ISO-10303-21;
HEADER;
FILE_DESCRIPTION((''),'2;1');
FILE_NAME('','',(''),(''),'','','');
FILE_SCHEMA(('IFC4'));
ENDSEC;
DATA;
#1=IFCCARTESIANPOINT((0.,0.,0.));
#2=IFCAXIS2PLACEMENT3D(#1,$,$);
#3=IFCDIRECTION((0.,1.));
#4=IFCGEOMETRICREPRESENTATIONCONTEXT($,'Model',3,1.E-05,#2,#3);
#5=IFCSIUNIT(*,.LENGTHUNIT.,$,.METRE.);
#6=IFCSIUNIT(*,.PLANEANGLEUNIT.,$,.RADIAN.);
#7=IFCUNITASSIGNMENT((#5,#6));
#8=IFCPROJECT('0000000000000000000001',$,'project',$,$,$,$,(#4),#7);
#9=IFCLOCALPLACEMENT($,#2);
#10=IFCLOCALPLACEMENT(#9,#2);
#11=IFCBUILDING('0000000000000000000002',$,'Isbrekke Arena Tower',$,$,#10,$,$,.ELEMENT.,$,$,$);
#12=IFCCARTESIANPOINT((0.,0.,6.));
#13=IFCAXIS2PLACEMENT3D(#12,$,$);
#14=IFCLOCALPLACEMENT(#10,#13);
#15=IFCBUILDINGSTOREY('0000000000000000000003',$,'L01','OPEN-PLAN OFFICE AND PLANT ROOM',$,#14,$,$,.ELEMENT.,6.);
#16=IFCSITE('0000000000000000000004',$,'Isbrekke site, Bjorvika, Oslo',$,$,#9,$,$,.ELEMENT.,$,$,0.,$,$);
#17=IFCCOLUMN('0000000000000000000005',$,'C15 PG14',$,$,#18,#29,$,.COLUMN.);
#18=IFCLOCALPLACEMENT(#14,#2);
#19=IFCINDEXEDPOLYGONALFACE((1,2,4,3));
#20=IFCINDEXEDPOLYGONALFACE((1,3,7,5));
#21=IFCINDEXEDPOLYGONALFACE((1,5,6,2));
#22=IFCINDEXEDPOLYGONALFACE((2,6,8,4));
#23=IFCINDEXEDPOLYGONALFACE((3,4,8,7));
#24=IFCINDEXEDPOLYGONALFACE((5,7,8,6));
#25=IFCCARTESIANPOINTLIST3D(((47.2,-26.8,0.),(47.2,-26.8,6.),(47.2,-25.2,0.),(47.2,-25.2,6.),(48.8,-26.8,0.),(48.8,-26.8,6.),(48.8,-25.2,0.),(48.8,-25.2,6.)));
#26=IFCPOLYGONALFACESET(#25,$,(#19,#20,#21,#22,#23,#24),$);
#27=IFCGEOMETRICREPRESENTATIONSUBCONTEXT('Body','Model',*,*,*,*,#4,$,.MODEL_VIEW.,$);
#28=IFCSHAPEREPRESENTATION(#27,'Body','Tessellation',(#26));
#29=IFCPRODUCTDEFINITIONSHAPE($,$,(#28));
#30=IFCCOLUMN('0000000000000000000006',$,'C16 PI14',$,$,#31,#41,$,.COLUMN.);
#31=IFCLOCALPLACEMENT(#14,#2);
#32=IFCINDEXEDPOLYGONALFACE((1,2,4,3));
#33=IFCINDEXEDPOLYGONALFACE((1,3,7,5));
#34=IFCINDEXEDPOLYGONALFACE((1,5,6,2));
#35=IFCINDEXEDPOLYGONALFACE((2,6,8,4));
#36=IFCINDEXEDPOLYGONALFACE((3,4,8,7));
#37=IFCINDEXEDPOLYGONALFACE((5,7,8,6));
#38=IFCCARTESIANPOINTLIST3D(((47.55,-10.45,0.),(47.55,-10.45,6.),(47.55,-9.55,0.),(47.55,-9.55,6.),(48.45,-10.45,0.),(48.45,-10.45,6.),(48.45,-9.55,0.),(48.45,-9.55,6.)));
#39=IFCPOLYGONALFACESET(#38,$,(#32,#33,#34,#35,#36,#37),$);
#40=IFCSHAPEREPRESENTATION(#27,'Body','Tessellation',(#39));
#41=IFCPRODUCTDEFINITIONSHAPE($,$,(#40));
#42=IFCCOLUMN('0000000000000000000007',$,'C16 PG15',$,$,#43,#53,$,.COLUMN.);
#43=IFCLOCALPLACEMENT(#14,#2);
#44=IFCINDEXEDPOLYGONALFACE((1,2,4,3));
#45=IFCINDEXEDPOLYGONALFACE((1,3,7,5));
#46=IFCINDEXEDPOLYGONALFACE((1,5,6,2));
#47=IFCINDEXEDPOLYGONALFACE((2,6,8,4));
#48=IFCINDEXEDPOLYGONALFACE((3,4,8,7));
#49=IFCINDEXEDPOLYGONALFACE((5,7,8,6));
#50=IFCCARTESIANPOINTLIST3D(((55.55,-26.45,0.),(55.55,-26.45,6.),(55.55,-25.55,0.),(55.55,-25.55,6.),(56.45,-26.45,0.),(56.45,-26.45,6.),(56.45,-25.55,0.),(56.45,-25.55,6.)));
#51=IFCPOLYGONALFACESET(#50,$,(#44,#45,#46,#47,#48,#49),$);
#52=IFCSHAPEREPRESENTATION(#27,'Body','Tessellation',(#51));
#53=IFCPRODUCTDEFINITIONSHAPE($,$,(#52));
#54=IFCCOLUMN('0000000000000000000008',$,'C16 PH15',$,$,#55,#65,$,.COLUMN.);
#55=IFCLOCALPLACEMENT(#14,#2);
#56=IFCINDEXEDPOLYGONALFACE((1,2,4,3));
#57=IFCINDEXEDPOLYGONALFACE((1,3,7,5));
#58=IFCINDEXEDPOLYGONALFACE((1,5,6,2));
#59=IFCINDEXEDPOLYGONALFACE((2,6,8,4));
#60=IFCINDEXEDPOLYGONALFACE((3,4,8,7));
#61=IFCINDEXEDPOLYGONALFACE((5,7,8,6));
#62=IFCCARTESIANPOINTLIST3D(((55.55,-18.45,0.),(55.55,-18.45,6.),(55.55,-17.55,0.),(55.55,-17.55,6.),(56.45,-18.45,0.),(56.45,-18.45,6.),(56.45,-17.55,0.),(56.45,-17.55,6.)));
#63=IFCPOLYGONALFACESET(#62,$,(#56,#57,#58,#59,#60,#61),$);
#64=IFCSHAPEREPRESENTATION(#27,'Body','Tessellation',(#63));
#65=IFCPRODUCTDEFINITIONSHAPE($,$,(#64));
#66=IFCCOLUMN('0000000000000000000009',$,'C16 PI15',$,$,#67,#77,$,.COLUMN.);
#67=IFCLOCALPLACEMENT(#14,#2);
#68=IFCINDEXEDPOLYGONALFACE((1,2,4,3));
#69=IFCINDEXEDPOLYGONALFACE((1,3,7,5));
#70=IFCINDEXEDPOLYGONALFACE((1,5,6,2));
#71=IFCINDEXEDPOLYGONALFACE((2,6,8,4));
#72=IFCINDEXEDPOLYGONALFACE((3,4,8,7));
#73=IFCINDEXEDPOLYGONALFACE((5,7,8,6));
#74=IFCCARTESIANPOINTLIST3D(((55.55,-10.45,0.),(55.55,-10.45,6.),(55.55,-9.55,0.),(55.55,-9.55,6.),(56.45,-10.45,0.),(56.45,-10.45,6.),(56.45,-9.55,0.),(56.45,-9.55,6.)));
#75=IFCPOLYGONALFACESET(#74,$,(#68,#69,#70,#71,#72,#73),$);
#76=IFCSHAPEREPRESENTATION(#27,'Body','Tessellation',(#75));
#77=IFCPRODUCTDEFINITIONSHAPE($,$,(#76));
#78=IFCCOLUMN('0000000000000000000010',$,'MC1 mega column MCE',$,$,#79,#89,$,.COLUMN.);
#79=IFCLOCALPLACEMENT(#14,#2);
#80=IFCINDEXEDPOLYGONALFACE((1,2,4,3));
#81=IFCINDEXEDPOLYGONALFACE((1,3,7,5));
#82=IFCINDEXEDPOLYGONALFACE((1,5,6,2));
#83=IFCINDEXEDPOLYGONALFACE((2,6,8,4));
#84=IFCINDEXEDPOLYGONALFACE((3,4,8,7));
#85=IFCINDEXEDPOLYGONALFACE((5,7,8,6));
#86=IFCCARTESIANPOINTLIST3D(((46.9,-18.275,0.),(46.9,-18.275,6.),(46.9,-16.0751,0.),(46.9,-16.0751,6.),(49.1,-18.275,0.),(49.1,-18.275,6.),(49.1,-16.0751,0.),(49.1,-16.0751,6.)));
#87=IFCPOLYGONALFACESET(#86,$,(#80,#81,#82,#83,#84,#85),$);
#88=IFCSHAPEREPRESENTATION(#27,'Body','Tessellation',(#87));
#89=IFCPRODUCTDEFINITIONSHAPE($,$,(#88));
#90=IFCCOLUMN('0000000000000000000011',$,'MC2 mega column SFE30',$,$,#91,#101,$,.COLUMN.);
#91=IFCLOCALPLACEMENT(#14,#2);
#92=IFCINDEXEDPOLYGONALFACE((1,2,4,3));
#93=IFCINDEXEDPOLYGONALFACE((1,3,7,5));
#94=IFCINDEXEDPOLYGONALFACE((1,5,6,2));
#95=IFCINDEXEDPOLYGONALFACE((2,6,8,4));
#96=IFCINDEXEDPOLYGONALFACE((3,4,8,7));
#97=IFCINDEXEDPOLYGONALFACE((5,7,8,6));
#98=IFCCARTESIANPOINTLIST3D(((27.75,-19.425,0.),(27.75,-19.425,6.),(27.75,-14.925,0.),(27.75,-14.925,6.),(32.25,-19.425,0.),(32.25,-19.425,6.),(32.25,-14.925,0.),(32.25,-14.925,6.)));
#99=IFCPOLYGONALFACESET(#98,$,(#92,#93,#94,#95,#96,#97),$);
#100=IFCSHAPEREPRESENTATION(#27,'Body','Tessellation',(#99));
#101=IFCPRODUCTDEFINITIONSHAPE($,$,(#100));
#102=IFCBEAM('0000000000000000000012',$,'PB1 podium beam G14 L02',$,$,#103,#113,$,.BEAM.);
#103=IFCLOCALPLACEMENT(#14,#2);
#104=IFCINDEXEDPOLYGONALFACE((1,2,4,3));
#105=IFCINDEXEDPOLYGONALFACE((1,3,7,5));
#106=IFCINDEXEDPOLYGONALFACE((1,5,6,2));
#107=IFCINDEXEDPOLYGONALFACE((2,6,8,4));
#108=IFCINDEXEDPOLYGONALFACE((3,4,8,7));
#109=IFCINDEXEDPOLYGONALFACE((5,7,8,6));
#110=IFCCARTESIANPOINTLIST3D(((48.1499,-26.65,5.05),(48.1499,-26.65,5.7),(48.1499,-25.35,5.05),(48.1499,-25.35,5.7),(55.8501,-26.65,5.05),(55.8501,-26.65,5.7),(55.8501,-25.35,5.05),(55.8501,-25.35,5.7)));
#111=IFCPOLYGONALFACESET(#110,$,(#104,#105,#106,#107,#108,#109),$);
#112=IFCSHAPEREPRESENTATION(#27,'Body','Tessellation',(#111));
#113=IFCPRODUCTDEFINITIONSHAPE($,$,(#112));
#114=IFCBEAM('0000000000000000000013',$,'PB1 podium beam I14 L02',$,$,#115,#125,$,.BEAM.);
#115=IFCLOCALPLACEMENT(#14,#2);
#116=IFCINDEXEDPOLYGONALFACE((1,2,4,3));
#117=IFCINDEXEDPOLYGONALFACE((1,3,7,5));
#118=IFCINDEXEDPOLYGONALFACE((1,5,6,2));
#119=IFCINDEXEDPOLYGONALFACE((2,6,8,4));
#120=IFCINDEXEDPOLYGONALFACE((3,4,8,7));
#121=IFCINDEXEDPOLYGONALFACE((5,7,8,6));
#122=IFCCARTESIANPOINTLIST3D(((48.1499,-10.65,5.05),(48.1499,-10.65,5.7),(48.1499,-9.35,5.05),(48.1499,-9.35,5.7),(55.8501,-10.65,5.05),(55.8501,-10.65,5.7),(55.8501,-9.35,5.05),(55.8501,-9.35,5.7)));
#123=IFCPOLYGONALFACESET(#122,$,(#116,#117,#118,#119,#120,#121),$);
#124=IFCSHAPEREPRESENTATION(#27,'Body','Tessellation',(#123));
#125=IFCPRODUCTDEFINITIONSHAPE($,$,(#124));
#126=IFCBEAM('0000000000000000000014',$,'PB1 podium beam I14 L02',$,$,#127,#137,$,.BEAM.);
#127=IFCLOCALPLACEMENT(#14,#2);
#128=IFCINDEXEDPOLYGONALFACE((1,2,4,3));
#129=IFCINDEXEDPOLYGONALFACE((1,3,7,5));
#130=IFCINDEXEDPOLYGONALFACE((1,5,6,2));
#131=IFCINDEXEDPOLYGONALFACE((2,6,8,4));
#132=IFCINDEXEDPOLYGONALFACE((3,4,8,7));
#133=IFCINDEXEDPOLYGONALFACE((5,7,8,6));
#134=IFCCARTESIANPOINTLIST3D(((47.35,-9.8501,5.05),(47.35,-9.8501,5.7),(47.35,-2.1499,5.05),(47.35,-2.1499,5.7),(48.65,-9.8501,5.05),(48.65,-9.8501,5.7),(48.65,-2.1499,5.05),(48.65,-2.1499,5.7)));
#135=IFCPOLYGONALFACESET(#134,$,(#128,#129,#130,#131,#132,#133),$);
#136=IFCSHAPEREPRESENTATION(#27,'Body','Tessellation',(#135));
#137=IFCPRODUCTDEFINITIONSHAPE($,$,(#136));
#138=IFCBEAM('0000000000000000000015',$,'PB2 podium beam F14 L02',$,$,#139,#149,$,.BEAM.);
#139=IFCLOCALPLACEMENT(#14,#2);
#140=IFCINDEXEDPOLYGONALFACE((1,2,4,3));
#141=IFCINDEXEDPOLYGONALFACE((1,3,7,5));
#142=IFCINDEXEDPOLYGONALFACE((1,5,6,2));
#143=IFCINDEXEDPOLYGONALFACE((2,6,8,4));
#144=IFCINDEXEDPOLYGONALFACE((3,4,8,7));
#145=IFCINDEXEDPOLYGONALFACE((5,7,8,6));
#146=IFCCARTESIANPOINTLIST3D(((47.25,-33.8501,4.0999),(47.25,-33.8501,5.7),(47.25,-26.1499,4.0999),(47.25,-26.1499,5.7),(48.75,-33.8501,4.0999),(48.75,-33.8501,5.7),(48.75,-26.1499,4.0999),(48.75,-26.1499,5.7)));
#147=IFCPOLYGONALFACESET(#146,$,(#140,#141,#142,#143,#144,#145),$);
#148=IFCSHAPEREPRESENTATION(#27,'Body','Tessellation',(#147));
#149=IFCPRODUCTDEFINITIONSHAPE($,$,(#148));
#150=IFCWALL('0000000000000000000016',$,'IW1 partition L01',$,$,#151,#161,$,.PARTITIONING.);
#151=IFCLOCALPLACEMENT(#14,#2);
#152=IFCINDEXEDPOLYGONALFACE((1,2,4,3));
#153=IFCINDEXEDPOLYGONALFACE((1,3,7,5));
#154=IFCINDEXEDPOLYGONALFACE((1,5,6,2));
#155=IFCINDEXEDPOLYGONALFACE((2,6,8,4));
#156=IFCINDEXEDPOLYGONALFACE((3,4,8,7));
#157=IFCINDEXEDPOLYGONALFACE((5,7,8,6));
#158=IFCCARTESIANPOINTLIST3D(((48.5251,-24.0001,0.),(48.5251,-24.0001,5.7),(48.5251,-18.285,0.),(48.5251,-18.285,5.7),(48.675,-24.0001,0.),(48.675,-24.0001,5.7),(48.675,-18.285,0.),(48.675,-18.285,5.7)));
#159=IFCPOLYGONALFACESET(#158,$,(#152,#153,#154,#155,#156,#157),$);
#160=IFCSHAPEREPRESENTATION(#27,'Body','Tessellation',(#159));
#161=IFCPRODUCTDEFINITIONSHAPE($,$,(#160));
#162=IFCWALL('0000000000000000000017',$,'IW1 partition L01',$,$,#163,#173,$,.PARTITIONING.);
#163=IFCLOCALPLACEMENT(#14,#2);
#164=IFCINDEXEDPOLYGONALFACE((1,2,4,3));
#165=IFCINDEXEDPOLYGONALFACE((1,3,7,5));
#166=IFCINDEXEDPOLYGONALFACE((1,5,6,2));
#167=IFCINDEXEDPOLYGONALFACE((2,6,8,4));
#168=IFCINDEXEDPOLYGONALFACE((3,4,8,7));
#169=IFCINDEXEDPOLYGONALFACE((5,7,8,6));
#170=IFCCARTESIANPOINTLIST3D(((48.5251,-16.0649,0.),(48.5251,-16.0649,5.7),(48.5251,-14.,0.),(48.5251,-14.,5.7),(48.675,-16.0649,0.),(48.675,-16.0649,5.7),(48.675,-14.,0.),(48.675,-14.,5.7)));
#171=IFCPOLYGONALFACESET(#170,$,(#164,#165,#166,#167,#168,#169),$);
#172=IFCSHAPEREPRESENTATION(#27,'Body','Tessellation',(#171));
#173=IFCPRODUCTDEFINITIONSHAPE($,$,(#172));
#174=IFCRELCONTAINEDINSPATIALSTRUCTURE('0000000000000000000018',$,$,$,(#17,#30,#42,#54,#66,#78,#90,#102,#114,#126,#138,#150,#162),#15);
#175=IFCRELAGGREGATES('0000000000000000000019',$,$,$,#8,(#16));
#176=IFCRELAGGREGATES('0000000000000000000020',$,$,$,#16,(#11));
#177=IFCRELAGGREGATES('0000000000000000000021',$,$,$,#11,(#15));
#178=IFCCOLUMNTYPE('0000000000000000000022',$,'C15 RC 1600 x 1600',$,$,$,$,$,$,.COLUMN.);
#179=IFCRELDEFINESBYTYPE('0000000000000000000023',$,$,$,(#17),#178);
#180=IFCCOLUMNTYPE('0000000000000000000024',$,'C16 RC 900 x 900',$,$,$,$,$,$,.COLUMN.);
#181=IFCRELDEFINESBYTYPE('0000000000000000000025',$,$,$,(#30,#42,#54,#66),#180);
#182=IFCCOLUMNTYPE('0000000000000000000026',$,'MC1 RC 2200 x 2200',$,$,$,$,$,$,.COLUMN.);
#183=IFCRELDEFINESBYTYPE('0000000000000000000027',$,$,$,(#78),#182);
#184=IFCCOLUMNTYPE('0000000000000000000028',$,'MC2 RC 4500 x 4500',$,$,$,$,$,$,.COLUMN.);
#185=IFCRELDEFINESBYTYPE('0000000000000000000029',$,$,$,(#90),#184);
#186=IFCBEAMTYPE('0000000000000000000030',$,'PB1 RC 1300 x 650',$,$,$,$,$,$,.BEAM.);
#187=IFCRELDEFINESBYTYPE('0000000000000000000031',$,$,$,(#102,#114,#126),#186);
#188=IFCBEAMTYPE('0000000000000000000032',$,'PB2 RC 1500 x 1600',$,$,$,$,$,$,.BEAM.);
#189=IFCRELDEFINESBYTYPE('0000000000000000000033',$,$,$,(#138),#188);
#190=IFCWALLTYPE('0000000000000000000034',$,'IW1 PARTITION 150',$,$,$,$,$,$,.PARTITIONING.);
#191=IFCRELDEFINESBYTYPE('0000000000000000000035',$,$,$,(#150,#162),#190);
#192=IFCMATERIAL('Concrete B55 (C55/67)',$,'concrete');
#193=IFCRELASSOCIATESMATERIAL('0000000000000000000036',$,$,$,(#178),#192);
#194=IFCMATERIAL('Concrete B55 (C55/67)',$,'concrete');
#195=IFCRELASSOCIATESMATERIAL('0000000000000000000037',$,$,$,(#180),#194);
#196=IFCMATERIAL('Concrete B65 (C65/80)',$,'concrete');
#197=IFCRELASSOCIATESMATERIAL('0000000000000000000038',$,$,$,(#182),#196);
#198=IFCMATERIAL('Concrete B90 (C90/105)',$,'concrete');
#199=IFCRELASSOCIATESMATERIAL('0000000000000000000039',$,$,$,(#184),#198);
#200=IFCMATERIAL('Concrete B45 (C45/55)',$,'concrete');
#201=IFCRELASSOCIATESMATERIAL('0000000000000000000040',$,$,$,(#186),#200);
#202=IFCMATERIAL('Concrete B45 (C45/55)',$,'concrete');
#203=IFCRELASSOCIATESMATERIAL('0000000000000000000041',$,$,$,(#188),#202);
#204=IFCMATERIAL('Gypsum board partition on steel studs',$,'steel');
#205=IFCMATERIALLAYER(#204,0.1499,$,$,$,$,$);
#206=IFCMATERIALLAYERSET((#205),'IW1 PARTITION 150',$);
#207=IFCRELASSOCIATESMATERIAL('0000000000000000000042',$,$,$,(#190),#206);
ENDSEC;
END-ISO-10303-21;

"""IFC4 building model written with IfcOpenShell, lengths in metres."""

from ifc_helpers import new_model, si_unit, direction, frame, frame_2d, origin, origin_2d, place, context, subcontext, project, spatial, rectangle, extrude, material, layer, layer_set, material_profile, profile_set, type_object, element, save


model = new_model("IFC4")

# Units and contexts
model_context = context("Model", 3, precision=1e-05, world=origin(), true_north=direction((0.0, 1.0)))
body_context = subcontext(model_context, "Body", "Model", "MODEL_VIEW")
ifc_project = project(units=[si_unit("LENGTHUNIT", "METRE"), si_unit("PLANEANGLEUNIT", "RADIAN")], contexts=[model_context])

# Site, building, storey
site_placement = place(None, origin())
site = spatial("IfcSite", under=ifc_project, at=site_placement, Name="Isbrekke site, Bjorvika, Oslo", CompositionType="ELEMENT", RefElevation=0.0)
building_placement = place(site_placement, origin())
building = spatial("IfcBuilding", under=site, at=building_placement, Name="Isbrekke Arena Tower", CompositionType="ELEMENT")
storey_placement = place(building_placement, frame((0.0, 0.0, 6.0)))
storey = spatial("IfcBuildingStorey", under=building, at=storey_placement, Name="L01", Description="OPEN-PLAN OFFICE AND PLANT ROOM", CompositionType="ELEMENT", Elevation=6.0)

# Columns
ifc_material_1 = material(Name="Concrete B55 (C55/67)", Category="concrete")
ifc_material_profile_1 = material_profile(ifc_material_1, rectangle(XDim=1.6001, YDim=1.6001, at=origin_2d()), Name="RC 1600x1600")
ifc_profile_set_1 = profile_set([ifc_material_profile_1], Name="Concrete B55 (C55/67)")
column_type_1 = type_object("IfcColumnType", Name="C15 RC 1600 x 1600", PredefinedType="COLUMN", material=ifc_profile_set_1)
column_1_placement = place(storey_placement, frame((48.0, -26.0, 0.0), z_axis=(0.0, 0.0, 1.0), x_axis=(1.0, 0.0, 0.0)))
element("IfcColumn", 1, at=column_1_placement, inside=storey, type_object=column_type_1, Name="C15 PG14", PredefinedType="COLUMN", context=body_context, shape_type="SweptSolid", body=[
    extrude(rectangle(XDim=1.6001, YDim=1.6001, at=origin_2d()), origin(), (0.0, 0.0, 1.0), 6.0),
])
ifc_material_2 = material(Name="Concrete B55 (C55/67)", Category="concrete")
ifc_material_profile_2 = material_profile(ifc_material_2, rectangle(XDim=0.8999, YDim=0.8999, at=origin_2d()), Name="RC 900x900")
ifc_profile_set_2 = profile_set([ifc_material_profile_2], Name="Concrete B55 (C55/67)")
column_type_2 = type_object("IfcColumnType", Name="C16 RC 900 x 900", PredefinedType="COLUMN", material=ifc_profile_set_2)
for number, where, z_axis, x_axis, name in (
    (2, (48.0, -10.0, 0.0), (0.0, 0.0, 1.0), (1.0, 0.0, 0.0), "C16 PI14"),
    (3, (56.0, -26.0, 0.0), (0.0, 0.0, 1.0), (1.0, 0.0, 0.0), "C16 PG15"),
    (4, (56.0, -18.0, 0.0), (0.0, 0.0, 1.0), (1.0, 0.0, 0.0), "C16 PH15"),
    (5, (56.0, -10.0, 0.0), (0.0, 0.0, 1.0), (1.0, 0.0, 0.0), "C16 PI15"),
):
    element("IfcColumn", number, at=place(storey_placement, frame(where, z_axis=z_axis, x_axis=x_axis)), inside=storey, type_object=column_type_2, Name=name, PredefinedType="COLUMN", context=body_context, shape_type="SweptSolid", body=[
        extrude(rectangle(XDim=0.8999, YDim=0.8999, at=origin_2d()), origin(), (0.0, 0.0, 1.0), 6.0),
    ])
ifc_material_3 = material(Name="Concrete B65 (C65/80)", Category="concrete")
ifc_material_profile_3 = material_profile(ifc_material_3, rectangle(XDim=2.2, YDim=2.2, at=origin_2d()), Name="RC 2200x2200")
ifc_profile_set_3 = profile_set([ifc_material_profile_3], Name="Concrete B65 (C65/80)")
column_type_3 = type_object("IfcColumnType", Name="MC1 RC 2200 x 2200", PredefinedType="COLUMN", material=ifc_profile_set_3)
column_2_placement = place(storey_placement, frame((48.0, -17.175, 0.0), z_axis=(0.0, 0.0, 1.0), x_axis=(1.0, 0.0, 0.0)))
element("IfcColumn", 6, at=column_2_placement, inside=storey, type_object=column_type_3, Name="MC1 mega column MCE", PredefinedType="COLUMN", context=body_context, shape_type="SweptSolid", body=[
    extrude(rectangle(XDim=2.2, YDim=2.2, at=origin_2d()), origin(), (0.0, 0.0, 1.0), 6.0),
])
ifc_material_4 = material(Name="Concrete B90 (C90/105)", Category="concrete")
ifc_material_profile_4 = material_profile(ifc_material_4, rectangle(XDim=4.5, YDim=4.5, at=origin_2d()), Name="RC 4500x4500")
ifc_profile_set_4 = profile_set([ifc_material_profile_4], Name="Concrete B90 (C90/105)")
column_type_4 = type_object("IfcColumnType", Name="MC2 RC 4500 x 4500", PredefinedType="COLUMN", material=ifc_profile_set_4)
column_3_placement = place(storey_placement, frame((30.0, -17.175, 0.0), z_axis=(0.0, 0.0, 1.0), x_axis=(1.0, 0.0, 0.0)))
element("IfcColumn", 7, at=column_3_placement, inside=storey, type_object=column_type_4, Name="MC2 mega column SFE30", PredefinedType="COLUMN", context=body_context, shape_type="SweptSolid", body=[
    extrude(rectangle(XDim=4.5, YDim=4.5, at=origin_2d()), origin(), (0.0, 0.0, 1.0), 6.0),
])

# Beams
ifc_material_5 = material(Name="Concrete B45 (C45/55)", Category="concrete")
ifc_material_profile_5 = material_profile(ifc_material_5, rectangle(XDim=1.3, YDim=0.6499, at=origin_2d()), Name="RC 1300x650")
ifc_profile_set_5 = profile_set([ifc_material_profile_5], Name="Concrete B45 (C45/55)")
beam_type_1 = type_object("IfcBeamType", Name="PB1 RC 1300 x 650", PredefinedType="BEAM", material=ifc_profile_set_5)
for number, where, z_axis, x_axis, name in (
    (8, (48.1499, -26.0, 5.375), (1.0, 0.0, 0.0), (0.0, 1.0, 0.0), "PB1 podium beam G14 L02"),
    (9, (48.1499, -10.0, 5.375), (1.0, 0.0, 0.0), (0.0, 1.0, 0.0), "PB1 podium beam I14 L02"),
    (10, (48.0, -9.8501, 5.375), (0.0, 1.0, 0.0), (-1.0, 0.0, 0.0), "PB1 podium beam I14 L02"),
):
    element("IfcBeam", number, at=place(storey_placement, frame(where, z_axis=z_axis, x_axis=x_axis)), inside=storey, type_object=beam_type_1, Name=name, PredefinedType="BEAM", context=body_context, shape_type="SweptSolid", body=[
        extrude(rectangle(XDim=1.3, YDim=0.6499, at=origin_2d()), origin(), (0.0, 0.0, 1.0), 7.7002),
    ])
ifc_material_6 = material(Name="Concrete B45 (C45/55)", Category="concrete")
ifc_material_profile_6 = material_profile(ifc_material_6, rectangle(XDim=1.5, YDim=1.6001, at=origin_2d()), Name="RC 1500x1600")
ifc_profile_set_6 = profile_set([ifc_material_profile_6], Name="Concrete B45 (C45/55)")
beam_type_2 = type_object("IfcBeamType", Name="PB2 RC 1500 x 1600", PredefinedType="BEAM", material=ifc_profile_set_6)
beam_placement = place(storey_placement, frame((48.0, -33.8501, 4.8999), z_axis=(0.0, 1.0, 0.0), x_axis=(-1.0, 0.0, 0.0)))
element("IfcBeam", 11, at=beam_placement, inside=storey, type_object=beam_type_2, Name="PB2 podium beam F14 L02", PredefinedType="BEAM", context=body_context, shape_type="SweptSolid", body=[
    extrude(rectangle(XDim=1.5, YDim=1.6001, at=origin_2d()), origin(), (0.0, 0.0, 1.0), 7.7002),
])

# Walls
ifc_material_7 = material(Name="Gypsum board partition on steel studs", Category="steel")
ifc_layer_1 = layer(ifc_material_7, 0.1499)
ifc_layer_set_1 = layer_set([ifc_layer_1], Name="IW1 PARTITION 150")
wall_type_1 = type_object("IfcWallType", Name="IW1 PARTITION 150", PredefinedType="PARTITIONING", material=ifc_layer_set_1)
wall_1_placement = place(storey_placement, frame((48.6001, -24.0, 0.0), z_axis=(0.0, 0.0, 1.0), x_axis=(0.0, 1.0, 0.0)))
element("IfcWall", 12, at=wall_1_placement, inside=storey, type_object=wall_type_1, Name="IW1 partition L01", PredefinedType="PARTITIONING", context=body_context, shape_type="SweptSolid", body=[
    extrude(rectangle(XDim=5.7151, YDim=0.1499, at=frame_2d((2.8574, 0.0))), origin(), (0.0, 0.0, 1.0), 5.7),
])
wall_2_placement = place(storey_placement, frame((48.6001, -16.0649, 0.0), z_axis=(0.0, 0.0, 1.0), x_axis=(0.0, 1.0, 0.0)))
element("IfcWall", 13, at=wall_2_placement, inside=storey, type_object=wall_type_1, Name="IW1 partition L01", PredefinedType="PARTITIONING", context=body_context, shape_type="SweptSolid", body=[
    extrude(rectangle(XDim=2.0649, YDim=0.1499, at=frame_2d((1.0325, 0.0))), origin(), (0.0, 0.0, 1.0), 5.7),
])

save(model, "model.ifc")
